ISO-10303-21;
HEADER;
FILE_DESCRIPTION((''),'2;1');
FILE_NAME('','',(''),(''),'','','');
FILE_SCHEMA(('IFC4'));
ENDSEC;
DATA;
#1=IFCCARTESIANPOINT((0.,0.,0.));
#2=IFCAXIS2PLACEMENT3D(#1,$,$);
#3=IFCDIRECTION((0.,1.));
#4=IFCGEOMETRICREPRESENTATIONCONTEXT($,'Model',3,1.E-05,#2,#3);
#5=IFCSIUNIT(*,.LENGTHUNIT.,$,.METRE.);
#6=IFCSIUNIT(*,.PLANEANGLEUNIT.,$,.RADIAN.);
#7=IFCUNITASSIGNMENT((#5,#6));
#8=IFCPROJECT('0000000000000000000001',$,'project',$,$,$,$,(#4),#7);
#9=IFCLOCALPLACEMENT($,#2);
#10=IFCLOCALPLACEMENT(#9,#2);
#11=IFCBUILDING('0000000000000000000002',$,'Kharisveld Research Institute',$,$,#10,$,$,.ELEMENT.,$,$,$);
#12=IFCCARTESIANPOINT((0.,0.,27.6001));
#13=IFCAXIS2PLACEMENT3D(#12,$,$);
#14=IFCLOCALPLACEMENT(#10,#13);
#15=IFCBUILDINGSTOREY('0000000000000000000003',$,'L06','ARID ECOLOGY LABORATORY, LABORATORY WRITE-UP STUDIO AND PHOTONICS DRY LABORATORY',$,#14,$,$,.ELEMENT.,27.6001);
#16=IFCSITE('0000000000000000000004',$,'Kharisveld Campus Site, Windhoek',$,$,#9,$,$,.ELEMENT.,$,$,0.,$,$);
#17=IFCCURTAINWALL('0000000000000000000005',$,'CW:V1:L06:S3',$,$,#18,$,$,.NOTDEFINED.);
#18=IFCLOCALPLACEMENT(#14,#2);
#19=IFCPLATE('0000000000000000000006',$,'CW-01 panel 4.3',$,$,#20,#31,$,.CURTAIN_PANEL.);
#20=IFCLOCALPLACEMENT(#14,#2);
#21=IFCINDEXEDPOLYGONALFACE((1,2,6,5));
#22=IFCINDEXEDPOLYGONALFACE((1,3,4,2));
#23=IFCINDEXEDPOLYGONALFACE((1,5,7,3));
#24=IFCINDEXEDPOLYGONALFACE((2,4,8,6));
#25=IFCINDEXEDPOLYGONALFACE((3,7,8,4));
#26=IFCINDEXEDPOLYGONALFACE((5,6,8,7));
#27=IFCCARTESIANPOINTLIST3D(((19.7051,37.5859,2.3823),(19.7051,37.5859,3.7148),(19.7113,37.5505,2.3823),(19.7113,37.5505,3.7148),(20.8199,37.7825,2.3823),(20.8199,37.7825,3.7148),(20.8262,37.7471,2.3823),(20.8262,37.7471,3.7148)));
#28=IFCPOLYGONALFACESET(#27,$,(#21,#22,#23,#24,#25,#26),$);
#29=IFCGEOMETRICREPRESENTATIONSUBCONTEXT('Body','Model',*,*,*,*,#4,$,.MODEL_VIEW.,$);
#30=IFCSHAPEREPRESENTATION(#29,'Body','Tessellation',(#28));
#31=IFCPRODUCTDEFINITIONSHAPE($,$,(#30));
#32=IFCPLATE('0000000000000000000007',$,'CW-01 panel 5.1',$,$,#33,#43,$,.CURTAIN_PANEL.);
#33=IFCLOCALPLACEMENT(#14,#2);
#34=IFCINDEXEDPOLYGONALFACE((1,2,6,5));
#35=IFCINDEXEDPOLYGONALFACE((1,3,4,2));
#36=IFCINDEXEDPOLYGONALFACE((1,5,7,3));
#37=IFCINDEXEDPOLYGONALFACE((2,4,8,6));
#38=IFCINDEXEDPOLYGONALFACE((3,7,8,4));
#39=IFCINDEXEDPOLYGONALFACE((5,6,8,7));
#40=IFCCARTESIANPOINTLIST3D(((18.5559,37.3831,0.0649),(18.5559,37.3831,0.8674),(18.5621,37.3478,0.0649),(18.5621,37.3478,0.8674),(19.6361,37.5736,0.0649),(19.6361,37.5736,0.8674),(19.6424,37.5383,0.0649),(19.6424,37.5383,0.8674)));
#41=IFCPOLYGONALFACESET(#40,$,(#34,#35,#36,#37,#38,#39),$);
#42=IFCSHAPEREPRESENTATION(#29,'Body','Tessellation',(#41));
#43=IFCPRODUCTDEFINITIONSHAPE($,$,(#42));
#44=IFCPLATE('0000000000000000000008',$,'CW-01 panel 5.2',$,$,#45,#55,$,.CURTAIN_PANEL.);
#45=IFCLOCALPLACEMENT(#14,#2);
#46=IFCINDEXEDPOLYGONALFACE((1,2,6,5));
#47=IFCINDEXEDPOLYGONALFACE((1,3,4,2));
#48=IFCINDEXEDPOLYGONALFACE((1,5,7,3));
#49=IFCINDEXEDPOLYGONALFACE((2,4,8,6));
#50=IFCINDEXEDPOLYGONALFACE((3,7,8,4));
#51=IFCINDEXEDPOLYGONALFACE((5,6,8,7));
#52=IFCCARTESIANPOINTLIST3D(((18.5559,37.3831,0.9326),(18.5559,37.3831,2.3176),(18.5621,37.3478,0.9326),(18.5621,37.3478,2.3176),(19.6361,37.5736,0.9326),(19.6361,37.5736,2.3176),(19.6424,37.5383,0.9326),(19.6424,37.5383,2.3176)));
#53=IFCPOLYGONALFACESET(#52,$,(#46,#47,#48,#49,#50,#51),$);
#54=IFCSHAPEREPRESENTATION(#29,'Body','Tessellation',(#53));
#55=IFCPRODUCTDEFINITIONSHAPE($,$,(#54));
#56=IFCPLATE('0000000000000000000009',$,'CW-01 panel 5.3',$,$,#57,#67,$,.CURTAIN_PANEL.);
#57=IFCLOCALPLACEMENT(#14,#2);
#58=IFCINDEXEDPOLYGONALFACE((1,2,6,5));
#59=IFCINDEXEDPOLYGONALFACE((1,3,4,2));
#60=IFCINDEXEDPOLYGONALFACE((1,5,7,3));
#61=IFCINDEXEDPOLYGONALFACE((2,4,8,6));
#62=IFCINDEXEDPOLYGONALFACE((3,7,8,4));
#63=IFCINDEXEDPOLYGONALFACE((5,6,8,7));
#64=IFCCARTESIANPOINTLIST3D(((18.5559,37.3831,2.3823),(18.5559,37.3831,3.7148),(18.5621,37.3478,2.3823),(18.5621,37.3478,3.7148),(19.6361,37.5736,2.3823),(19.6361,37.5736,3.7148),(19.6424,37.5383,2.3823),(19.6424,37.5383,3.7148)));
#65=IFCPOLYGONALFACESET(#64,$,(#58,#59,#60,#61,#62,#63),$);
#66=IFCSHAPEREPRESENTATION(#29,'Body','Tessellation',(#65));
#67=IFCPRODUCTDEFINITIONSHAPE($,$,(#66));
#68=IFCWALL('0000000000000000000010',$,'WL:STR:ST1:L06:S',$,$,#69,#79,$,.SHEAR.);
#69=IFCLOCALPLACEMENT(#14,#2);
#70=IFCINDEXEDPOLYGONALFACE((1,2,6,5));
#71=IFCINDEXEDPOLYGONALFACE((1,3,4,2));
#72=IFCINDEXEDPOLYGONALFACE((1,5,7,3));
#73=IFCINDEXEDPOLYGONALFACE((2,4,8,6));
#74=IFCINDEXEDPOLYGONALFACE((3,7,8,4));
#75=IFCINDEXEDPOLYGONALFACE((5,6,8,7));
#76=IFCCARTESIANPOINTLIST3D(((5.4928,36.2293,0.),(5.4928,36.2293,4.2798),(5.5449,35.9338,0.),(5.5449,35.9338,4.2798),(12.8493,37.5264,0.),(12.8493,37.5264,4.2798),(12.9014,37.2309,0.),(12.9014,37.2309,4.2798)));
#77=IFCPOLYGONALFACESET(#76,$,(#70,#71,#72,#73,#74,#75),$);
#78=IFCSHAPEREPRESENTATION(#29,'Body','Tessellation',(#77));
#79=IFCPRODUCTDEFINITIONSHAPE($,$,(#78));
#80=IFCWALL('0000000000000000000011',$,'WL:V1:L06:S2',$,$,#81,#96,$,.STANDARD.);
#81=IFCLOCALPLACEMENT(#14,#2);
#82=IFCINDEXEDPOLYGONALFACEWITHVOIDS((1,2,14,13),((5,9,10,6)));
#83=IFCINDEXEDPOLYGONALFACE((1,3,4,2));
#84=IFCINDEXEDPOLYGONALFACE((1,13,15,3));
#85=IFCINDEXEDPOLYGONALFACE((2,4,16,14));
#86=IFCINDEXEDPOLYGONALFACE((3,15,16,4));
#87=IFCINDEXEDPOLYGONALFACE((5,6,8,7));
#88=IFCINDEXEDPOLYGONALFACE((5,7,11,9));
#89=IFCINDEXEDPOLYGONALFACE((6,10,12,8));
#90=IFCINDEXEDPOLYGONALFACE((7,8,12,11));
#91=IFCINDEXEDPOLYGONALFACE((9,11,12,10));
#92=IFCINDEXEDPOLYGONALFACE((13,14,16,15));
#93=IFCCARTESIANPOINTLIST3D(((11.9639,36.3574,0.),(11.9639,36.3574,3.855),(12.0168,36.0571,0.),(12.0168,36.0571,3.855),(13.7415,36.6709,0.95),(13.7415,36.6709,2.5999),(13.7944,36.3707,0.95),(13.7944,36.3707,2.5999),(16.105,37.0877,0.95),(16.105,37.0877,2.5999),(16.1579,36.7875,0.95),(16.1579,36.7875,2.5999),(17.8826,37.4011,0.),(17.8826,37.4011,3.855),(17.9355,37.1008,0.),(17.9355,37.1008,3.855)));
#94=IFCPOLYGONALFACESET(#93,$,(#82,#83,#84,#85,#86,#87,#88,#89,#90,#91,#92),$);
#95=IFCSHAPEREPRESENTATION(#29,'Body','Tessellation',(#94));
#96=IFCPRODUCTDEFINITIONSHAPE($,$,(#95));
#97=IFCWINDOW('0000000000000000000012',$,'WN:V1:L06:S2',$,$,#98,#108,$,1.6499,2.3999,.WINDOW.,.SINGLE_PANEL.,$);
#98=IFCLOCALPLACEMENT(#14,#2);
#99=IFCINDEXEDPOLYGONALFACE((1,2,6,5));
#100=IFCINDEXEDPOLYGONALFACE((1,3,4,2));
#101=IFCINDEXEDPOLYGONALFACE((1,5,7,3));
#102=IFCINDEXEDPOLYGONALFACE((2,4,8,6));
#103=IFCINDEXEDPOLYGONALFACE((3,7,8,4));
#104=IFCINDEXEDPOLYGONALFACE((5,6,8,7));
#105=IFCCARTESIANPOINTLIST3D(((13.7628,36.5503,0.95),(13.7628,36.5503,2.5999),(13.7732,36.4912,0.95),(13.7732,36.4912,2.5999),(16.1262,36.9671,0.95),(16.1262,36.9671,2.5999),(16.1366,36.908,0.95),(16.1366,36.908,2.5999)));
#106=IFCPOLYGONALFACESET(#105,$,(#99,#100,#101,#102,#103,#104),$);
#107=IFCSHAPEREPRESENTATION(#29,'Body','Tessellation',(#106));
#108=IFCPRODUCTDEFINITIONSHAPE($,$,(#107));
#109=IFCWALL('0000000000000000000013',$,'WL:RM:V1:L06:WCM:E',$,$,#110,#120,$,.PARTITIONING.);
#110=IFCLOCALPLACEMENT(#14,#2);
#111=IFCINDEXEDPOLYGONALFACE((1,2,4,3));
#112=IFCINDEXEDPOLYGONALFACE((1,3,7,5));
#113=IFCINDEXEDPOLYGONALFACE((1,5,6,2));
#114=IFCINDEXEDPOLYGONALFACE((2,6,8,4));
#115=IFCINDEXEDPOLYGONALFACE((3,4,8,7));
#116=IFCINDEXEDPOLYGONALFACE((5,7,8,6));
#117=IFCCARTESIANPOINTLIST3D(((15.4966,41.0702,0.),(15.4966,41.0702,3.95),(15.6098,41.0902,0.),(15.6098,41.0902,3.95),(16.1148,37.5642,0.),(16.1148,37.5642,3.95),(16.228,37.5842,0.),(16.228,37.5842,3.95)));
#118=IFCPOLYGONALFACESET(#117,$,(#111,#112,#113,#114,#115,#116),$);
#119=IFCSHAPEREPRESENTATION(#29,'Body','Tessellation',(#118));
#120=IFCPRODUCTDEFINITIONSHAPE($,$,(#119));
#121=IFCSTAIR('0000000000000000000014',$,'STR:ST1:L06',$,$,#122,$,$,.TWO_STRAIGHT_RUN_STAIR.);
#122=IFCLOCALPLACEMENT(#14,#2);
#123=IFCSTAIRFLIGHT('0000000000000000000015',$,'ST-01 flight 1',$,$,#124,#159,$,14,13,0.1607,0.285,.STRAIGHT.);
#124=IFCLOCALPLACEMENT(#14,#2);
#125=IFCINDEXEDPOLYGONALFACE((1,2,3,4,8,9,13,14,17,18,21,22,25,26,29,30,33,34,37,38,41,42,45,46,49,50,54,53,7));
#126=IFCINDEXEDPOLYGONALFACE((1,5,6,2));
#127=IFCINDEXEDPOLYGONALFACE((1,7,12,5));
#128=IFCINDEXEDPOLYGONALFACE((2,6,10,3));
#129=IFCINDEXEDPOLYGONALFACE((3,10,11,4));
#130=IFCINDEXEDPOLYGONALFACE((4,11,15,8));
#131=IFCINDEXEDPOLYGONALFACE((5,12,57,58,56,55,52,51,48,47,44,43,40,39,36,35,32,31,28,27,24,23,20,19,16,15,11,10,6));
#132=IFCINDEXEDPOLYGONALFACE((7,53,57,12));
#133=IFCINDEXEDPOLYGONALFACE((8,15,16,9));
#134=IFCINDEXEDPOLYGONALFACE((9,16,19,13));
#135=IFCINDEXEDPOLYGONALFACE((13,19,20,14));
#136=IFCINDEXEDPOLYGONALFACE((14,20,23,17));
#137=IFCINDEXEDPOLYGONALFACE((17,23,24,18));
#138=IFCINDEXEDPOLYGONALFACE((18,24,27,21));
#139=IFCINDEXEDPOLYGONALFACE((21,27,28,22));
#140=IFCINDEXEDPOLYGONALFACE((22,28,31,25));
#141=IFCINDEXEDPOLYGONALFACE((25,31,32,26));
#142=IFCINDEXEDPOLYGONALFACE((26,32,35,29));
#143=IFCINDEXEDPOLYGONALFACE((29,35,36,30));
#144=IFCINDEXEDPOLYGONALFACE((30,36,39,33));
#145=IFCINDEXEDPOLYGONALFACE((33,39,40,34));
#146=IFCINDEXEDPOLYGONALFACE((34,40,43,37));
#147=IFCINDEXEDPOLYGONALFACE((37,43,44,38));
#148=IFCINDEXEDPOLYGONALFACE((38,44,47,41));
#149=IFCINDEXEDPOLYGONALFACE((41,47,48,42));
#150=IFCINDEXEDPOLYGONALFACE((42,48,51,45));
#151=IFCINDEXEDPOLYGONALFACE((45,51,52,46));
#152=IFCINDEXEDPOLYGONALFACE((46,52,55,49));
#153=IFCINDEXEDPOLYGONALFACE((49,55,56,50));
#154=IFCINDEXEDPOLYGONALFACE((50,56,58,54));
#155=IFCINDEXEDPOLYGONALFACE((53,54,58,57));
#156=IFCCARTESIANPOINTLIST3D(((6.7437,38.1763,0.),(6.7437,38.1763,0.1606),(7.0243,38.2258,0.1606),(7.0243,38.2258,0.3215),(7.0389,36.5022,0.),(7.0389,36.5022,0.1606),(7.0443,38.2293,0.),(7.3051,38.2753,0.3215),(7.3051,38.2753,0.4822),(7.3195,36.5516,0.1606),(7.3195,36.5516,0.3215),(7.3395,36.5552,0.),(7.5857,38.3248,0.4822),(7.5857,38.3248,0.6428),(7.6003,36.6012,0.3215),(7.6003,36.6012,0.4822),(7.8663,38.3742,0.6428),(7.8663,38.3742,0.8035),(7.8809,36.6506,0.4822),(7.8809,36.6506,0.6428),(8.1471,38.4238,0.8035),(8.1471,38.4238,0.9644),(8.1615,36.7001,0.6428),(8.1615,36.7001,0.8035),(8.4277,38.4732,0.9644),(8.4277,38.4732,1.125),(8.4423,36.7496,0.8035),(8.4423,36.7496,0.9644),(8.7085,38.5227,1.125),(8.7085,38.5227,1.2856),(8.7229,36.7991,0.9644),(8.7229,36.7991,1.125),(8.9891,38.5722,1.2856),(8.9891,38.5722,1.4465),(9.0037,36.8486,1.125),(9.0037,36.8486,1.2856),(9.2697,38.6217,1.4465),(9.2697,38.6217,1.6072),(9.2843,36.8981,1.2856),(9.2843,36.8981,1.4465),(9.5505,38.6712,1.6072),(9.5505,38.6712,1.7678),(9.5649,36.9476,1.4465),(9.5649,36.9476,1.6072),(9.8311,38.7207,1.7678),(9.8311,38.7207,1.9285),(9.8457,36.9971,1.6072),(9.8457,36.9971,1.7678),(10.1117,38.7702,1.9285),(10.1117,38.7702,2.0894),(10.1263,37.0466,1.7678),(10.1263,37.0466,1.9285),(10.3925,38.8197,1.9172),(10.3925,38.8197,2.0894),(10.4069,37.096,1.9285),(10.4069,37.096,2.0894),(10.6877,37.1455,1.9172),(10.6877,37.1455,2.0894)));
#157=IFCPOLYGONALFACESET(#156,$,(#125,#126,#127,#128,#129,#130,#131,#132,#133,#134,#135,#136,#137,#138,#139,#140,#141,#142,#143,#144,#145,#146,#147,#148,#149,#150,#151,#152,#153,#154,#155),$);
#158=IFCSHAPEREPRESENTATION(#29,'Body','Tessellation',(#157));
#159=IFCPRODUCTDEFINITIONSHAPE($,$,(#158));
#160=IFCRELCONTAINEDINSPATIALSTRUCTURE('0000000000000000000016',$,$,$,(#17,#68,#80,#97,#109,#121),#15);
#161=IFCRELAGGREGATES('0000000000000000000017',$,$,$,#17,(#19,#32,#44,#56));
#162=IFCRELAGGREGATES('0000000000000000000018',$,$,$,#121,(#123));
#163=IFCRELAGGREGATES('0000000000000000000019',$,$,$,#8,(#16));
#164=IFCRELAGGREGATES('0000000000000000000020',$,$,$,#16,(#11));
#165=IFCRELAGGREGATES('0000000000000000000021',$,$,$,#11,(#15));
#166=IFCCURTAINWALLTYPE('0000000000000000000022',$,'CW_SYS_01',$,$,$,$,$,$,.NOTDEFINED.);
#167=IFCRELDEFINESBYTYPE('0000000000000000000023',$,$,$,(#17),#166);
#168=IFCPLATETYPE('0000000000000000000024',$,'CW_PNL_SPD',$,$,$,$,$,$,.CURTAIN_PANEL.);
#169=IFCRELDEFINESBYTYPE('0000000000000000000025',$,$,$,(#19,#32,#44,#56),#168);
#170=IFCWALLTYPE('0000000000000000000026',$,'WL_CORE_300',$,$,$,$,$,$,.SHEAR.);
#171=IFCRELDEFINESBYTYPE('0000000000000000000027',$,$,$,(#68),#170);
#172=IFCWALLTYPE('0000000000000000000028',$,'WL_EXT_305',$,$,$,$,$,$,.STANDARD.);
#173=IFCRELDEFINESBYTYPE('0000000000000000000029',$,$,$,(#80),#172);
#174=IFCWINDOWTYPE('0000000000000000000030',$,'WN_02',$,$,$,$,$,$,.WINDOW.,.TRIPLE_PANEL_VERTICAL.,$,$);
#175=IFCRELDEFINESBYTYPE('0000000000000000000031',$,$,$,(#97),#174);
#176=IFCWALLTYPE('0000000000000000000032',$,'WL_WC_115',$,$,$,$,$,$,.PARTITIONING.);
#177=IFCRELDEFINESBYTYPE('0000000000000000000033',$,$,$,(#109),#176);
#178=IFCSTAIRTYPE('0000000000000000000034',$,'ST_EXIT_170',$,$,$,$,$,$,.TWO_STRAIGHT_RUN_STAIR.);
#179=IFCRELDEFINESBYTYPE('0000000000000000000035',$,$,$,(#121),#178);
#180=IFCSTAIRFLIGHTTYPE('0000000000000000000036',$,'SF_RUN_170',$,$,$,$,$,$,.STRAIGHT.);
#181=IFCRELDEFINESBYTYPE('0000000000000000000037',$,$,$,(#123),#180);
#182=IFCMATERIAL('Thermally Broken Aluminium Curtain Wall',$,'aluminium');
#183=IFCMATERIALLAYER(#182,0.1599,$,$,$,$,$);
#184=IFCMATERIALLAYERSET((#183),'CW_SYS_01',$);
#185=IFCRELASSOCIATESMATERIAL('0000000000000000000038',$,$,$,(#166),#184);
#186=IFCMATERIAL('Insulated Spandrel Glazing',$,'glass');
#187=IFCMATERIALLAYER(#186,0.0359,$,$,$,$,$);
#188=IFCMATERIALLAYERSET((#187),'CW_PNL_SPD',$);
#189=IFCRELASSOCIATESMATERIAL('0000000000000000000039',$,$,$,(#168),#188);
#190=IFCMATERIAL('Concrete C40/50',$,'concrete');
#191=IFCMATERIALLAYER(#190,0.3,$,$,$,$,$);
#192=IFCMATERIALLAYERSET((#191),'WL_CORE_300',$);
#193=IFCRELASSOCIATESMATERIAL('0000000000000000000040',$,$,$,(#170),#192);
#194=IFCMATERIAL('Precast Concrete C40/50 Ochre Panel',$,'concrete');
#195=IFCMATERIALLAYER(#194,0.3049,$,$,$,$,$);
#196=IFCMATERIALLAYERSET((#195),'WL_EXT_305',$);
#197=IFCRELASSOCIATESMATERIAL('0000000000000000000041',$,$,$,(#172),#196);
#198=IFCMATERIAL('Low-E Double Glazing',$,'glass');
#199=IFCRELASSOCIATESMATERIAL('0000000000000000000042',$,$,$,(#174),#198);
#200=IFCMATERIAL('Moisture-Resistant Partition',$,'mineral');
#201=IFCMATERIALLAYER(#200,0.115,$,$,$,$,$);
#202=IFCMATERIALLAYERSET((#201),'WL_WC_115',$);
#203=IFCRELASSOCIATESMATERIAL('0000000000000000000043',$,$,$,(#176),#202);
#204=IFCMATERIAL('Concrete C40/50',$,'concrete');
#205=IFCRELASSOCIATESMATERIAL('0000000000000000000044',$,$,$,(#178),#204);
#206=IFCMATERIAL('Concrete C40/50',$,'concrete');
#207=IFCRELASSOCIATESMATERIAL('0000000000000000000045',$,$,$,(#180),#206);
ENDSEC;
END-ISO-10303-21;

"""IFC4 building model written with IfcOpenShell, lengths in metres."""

from ifc_helpers import new_model, si_unit, direction, frame, frame_2d, origin, origin_2d, place, context, subcontext, project, spatial, polyline, rectangle, outline, extrude, material, layer, layer_set, type_object, element, fill, aggregate, save


model = new_model("IFC4")

# Units and contexts
model_context = context("Model", 3, precision=1e-05, world=origin(), true_north=direction((0.0, 1.0)))
body_context = subcontext(model_context, "Body", "Model", "MODEL_VIEW")
ifc_project = project(units=[si_unit("LENGTHUNIT", "METRE"), si_unit("PLANEANGLEUNIT", "RADIAN")], contexts=[model_context])

# Site, building, storey
site_placement = place(None, origin())
site = spatial("IfcSite", under=ifc_project, at=site_placement, Name="Kharisveld Campus Site, Windhoek", CompositionType="ELEMENT", RefElevation=0.0)
building_placement = place(site_placement, origin())
building = spatial("IfcBuilding", under=site, at=building_placement, Name="Kharisveld Research Institute", CompositionType="ELEMENT")
storey_placement = place(building_placement, frame((0.0, 0.0, 27.6001)))
storey = spatial("IfcBuildingStorey", under=building, at=storey_placement, Name="L06", Description="ARID ECOLOGY LABORATORY, LABORATORY WRITE-UP STUDIO AND PHOTONICS DRY LABORATORY", CompositionType="ELEMENT", Elevation=27.6001)

# Curtain wall
ifc_material_1 = material(Name="Thermally Broken Aluminium Curtain Wall", Category="aluminium")
ifc_layer_1 = layer(ifc_material_1, 0.1599)
ifc_layer_set_1 = layer_set([ifc_layer_1], Name="CW_SYS_01")
curtain_wall_type = type_object("IfcCurtainWallType", Name="CW_SYS_01", PredefinedType="NOTDEFINED", material=ifc_layer_set_1)
curtain_wall_placement = place(storey_placement, origin())
curtain_wall = element("IfcCurtainWall", 1, at=curtain_wall_placement, inside=storey, type_object=curtain_wall_type, Name="CW:V1:L06:S3", PredefinedType="NOTDEFINED")

# Plates
ifc_material_2 = material(Name="Insulated Spandrel Glazing", Category="glass")
ifc_layer_2 = layer(ifc_material_2, 0.0359)
ifc_layer_set_2 = layer_set([ifc_layer_2], Name="CW_PNL_SPD")
plate_type = type_object("IfcPlateType", Name="CW_PNL_SPD", PredefinedType="CURTAIN_PANEL", material=ifc_layer_set_2)
plate_1_placement = place(storey_placement, frame((20.2656, 37.6665, 2.3823), z_axis=(0.0, 0.0, 1.0), x_axis=(-0.984808, -0.173648, 0.0)))
plate_1 = element("IfcPlate", 2, at=plate_1_placement, type_object=plate_type, Name="CW-01 panel 4.3", PredefinedType="CURTAIN_PANEL", context=body_context, shape_type="SweptSolid", body=[
    extrude(rectangle(XDim=1.1321, YDim=0.0359, at=origin_2d()), origin(), (0.0, 0.0, 1.0), 1.3325),
])
plate_2_placement = place(storey_placement, frame((19.0991, 37.4607, 0.0649), z_axis=(0.0, 0.0, 1.0), x_axis=(-0.984808, -0.173648, 0.0)))
plate_2 = element("IfcPlate", 3, at=plate_2_placement, type_object=plate_type, Name="CW-01 panel 5.1", PredefinedType="CURTAIN_PANEL", context=body_context, shape_type="SweptSolid", body=[
    extrude(rectangle(XDim=1.0969, YDim=0.0359, at=origin_2d()), origin(), (0.0, 0.0, 1.0), 0.8025),
])
plate_3_placement = place(storey_placement, frame((19.0991, 37.4607, 0.9326), z_axis=(0.0, 0.0, 1.0), x_axis=(-0.984808, -0.173648, 0.0)))
plate_3 = element("IfcPlate", 4, at=plate_3_placement, type_object=plate_type, Name="CW-01 panel 5.2", PredefinedType="CURTAIN_PANEL", context=body_context, shape_type="SweptSolid", body=[
    extrude(rectangle(XDim=1.0969, YDim=0.0359, at=origin_2d()), origin(), (0.0, 0.0, 1.0), 1.385),
])
plate_4_placement = place(storey_placement, frame((19.0991, 37.4607, 2.3823), z_axis=(0.0, 0.0, 1.0), x_axis=(-0.984808, -0.173648, 0.0)))
plate_4 = element("IfcPlate", 5, at=plate_4_placement, type_object=plate_type, Name="CW-01 panel 5.3", PredefinedType="CURTAIN_PANEL", context=body_context, shape_type="SweptSolid", body=[
    extrude(rectangle(XDim=1.0969, YDim=0.0359, at=origin_2d()), origin(), (0.0, 0.0, 1.0), 1.3325),
])
aggregate(curtain_wall, [plate_1, plate_2, plate_3, plate_4])

# Wall
ifc_material_3 = material(Name="Concrete C40/50", Category="concrete")
ifc_layer_3 = layer(ifc_material_3, 0.3)
ifc_layer_set_3 = layer_set([ifc_layer_3], Name="WL_CORE_300")
wall_type_1 = type_object("IfcWallType", Name="WL_CORE_300", PredefinedType="SHEAR", material=ifc_layer_set_3)
wall_1_placement = place(storey_placement, frame((12.8752, 37.3787, 0.0), z_axis=(0.0, 0.0, 1.0), x_axis=(-0.984808, -0.173645, 0.0)))
element("IfcWall", 6, at=wall_1_placement, inside=storey, type_object=wall_type_1, Name="WL:STR:ST1:L06:S", PredefinedType="SHEAR", context=body_context, shape_type="SweptSolid", body=[
    extrude(rectangle(XDim=7.47, YDim=0.3, at=frame_2d((3.7349, 0.0))), origin(), (0.0, 0.0, 1.0), 4.2798),
])

# Wall, opening, window
ifc_material_4 = material(Name="Precast Concrete C40/50 Ochre Panel", Category="concrete")
ifc_layer_4 = layer(ifc_material_4, 0.3049)
ifc_layer_set_4 = layer_set([ifc_layer_4], Name="WL_EXT_305")
wall_type_2 = type_object("IfcWallType", Name="WL_EXT_305", PredefinedType="STANDARD", material=ifc_layer_set_4)
wall_2_placement = place(storey_placement, frame((17.9089, 37.251, 0.0), z_axis=(0.0, 0.0, 1.0), x_axis=(-0.984806, -0.17366, 0.0)))
wall_2 = element("IfcWall", 7, at=wall_2_placement, inside=storey, type_object=wall_type_2, Name="WL:V1:L06:S2", PredefinedType="STANDARD", context=body_context, shape_type="SweptSolid", body=[
    extrude(rectangle(XDim=6.01, YDim=0.3049, at=frame_2d((3.0049, 0.0))), origin(), (0.0, 0.0, 1.0), 3.855),
])
opening_placement = place(wall_2_placement, frame((1.8049, 0.0, 0.95)))
opening = element("IfcOpeningElement", 8, at=opening_placement, cuts=wall_2, PredefinedType="OPENING", context=body_context, shape_type="SweptSolid", body=[
    extrude(rectangle(XDim=2.3999, YDim=1.6499, at=frame_2d((1.2, 0.825))), frame((0.0, 0.1523, 0.0), z_axis=(0.0, -1.0, 0.0), x_axis=(1.0, 0.0, 0.0)), (0.0, 0.0, 1.0), 0.3049),
])
ifc_material_5 = material(Name="Low-E Double Glazing", Category="glass")
window_type = type_object("IfcWindowType", Name="WN_02", PartitioningType="TRIPLE_PANEL_VERTICAL", PredefinedType="WINDOW", material=ifc_material_5)
window_placement = place(opening_placement, origin())
window = element("IfcWindow", 9, at=window_placement, inside=storey, type_object=window_type, Name="WN:V1:L06:S2", OverallHeight=1.6499, OverallWidth=2.3999, PartitioningType="SINGLE_PANEL", PredefinedType="WINDOW", context=body_context, shape_type="SweptSolid", body=[
    extrude(rectangle(XDim=2.3999, YDim=1.6499, at=frame_2d((1.2, 0.825))), frame((0.0, 0.03, 0.0), z_axis=(0.0, -1.0, 0.0), x_axis=(1.0, 0.0, 0.0)), (0.0, 0.0, 1.0), 0.0601),
])
fill(opening, window)

# Wall
ifc_material_6 = material(Name="Moisture-Resistant Partition", Category="mineral")
ifc_layer_5 = layer(ifc_material_6, 0.115)
ifc_layer_set_5 = layer_set([ifc_layer_5], Name="WL_WC_115")
wall_type_3 = type_object("IfcWallType", Name="WL_WC_115", PredefinedType="PARTITIONING", material=ifc_layer_set_5)
wall_3_placement = place(storey_placement, frame((16.1714, 37.5742, 0.0), z_axis=(0.0, 0.0, 1.0), x_axis=(-0.173644, 0.984808, 0.0)))
element("IfcWall", 10, at=wall_3_placement, inside=storey, type_object=wall_type_3, Name="WL:RM:V1:L06:WCM:E", PredefinedType="PARTITIONING", context=body_context, shape_type="SweptSolid", body=[
    extrude(rectangle(XDim=3.5601, YDim=0.115, at=frame_2d((1.78, 0.0))), origin(), (0.0, 0.0, 1.0), 3.95),
])

# Stair, stair flight
ifc_material_7 = material(Name="Concrete C40/50", Category="concrete")
stair_type = type_object("IfcStairType", Name="ST_EXIT_170", PredefinedType="TWO_STRAIGHT_RUN_STAIR", material=ifc_material_7)
stair_placement = place(storey_placement, origin())
stair = element("IfcStair", 11, at=stair_placement, inside=storey, type_object=stair_type, Name="STR:ST1:L06", PredefinedType="TWO_STRAIGHT_RUN_STAIR")
ifc_material_8 = material(Name="Concrete C40/50", Category="concrete")
stair_flight_type = type_object("IfcStairFlightType", Name="SF_RUN_170", PredefinedType="STRAIGHT", material=ifc_material_8)
stair_flight_placement = place(storey_placement, frame((6.8914, 37.3391, 0.0), z_axis=(0.0, 0.0, 1.0), x_axis=(0.984808, 0.173648, 0.0)))
stair_flight = element("IfcStairFlight", 12, at=stair_flight_placement, type_object=stair_flight_type, Name="ST-01 flight 1", NumberOfRisers=14, NumberOfTreads=13, PredefinedType="STRAIGHT", RiserHeight=0.1607, TreadLength=0.285, context=body_context, shape_type="SweptSolid", body=[
    extrude(outline(polyline([(0.0, 0.0), (0.0, 0.1606), (0.2849, 0.1606), (0.2849, 0.3215), (0.5701, 0.3215), (0.5701, 0.4822), (0.855, 0.4822), (0.855, 0.6428), (1.1399, 0.6428), (1.1399, 0.8035), (1.425, 0.8035), (1.425, 0.9644), (1.71, 0.9644), (1.71, 1.125), (1.9951, 1.125), (1.9951, 1.2856), (2.28, 1.2856), (2.28, 1.4465), (2.5649, 1.4465), (2.5649, 1.6072), (2.8501, 1.6072), (2.8501, 1.7678), (3.135, 1.7678), (3.135, 1.9285), (3.4199, 1.9285), (3.4199, 2.0894), (3.7051, 2.0894), (3.7051, 2.25), (3.7051, 1.9172), (0.3052, 0.0), (0.0, 0.0)])), frame((0.0, 0.8501, 0.0), z_axis=(0.0, -1.0, 0.0), x_axis=(1.0, 0.0, 0.0)), (0.0, 0.0, 1.0), 1.7),
])
aggregate(stair, [stair_flight])

save(model, "model.ifc")
